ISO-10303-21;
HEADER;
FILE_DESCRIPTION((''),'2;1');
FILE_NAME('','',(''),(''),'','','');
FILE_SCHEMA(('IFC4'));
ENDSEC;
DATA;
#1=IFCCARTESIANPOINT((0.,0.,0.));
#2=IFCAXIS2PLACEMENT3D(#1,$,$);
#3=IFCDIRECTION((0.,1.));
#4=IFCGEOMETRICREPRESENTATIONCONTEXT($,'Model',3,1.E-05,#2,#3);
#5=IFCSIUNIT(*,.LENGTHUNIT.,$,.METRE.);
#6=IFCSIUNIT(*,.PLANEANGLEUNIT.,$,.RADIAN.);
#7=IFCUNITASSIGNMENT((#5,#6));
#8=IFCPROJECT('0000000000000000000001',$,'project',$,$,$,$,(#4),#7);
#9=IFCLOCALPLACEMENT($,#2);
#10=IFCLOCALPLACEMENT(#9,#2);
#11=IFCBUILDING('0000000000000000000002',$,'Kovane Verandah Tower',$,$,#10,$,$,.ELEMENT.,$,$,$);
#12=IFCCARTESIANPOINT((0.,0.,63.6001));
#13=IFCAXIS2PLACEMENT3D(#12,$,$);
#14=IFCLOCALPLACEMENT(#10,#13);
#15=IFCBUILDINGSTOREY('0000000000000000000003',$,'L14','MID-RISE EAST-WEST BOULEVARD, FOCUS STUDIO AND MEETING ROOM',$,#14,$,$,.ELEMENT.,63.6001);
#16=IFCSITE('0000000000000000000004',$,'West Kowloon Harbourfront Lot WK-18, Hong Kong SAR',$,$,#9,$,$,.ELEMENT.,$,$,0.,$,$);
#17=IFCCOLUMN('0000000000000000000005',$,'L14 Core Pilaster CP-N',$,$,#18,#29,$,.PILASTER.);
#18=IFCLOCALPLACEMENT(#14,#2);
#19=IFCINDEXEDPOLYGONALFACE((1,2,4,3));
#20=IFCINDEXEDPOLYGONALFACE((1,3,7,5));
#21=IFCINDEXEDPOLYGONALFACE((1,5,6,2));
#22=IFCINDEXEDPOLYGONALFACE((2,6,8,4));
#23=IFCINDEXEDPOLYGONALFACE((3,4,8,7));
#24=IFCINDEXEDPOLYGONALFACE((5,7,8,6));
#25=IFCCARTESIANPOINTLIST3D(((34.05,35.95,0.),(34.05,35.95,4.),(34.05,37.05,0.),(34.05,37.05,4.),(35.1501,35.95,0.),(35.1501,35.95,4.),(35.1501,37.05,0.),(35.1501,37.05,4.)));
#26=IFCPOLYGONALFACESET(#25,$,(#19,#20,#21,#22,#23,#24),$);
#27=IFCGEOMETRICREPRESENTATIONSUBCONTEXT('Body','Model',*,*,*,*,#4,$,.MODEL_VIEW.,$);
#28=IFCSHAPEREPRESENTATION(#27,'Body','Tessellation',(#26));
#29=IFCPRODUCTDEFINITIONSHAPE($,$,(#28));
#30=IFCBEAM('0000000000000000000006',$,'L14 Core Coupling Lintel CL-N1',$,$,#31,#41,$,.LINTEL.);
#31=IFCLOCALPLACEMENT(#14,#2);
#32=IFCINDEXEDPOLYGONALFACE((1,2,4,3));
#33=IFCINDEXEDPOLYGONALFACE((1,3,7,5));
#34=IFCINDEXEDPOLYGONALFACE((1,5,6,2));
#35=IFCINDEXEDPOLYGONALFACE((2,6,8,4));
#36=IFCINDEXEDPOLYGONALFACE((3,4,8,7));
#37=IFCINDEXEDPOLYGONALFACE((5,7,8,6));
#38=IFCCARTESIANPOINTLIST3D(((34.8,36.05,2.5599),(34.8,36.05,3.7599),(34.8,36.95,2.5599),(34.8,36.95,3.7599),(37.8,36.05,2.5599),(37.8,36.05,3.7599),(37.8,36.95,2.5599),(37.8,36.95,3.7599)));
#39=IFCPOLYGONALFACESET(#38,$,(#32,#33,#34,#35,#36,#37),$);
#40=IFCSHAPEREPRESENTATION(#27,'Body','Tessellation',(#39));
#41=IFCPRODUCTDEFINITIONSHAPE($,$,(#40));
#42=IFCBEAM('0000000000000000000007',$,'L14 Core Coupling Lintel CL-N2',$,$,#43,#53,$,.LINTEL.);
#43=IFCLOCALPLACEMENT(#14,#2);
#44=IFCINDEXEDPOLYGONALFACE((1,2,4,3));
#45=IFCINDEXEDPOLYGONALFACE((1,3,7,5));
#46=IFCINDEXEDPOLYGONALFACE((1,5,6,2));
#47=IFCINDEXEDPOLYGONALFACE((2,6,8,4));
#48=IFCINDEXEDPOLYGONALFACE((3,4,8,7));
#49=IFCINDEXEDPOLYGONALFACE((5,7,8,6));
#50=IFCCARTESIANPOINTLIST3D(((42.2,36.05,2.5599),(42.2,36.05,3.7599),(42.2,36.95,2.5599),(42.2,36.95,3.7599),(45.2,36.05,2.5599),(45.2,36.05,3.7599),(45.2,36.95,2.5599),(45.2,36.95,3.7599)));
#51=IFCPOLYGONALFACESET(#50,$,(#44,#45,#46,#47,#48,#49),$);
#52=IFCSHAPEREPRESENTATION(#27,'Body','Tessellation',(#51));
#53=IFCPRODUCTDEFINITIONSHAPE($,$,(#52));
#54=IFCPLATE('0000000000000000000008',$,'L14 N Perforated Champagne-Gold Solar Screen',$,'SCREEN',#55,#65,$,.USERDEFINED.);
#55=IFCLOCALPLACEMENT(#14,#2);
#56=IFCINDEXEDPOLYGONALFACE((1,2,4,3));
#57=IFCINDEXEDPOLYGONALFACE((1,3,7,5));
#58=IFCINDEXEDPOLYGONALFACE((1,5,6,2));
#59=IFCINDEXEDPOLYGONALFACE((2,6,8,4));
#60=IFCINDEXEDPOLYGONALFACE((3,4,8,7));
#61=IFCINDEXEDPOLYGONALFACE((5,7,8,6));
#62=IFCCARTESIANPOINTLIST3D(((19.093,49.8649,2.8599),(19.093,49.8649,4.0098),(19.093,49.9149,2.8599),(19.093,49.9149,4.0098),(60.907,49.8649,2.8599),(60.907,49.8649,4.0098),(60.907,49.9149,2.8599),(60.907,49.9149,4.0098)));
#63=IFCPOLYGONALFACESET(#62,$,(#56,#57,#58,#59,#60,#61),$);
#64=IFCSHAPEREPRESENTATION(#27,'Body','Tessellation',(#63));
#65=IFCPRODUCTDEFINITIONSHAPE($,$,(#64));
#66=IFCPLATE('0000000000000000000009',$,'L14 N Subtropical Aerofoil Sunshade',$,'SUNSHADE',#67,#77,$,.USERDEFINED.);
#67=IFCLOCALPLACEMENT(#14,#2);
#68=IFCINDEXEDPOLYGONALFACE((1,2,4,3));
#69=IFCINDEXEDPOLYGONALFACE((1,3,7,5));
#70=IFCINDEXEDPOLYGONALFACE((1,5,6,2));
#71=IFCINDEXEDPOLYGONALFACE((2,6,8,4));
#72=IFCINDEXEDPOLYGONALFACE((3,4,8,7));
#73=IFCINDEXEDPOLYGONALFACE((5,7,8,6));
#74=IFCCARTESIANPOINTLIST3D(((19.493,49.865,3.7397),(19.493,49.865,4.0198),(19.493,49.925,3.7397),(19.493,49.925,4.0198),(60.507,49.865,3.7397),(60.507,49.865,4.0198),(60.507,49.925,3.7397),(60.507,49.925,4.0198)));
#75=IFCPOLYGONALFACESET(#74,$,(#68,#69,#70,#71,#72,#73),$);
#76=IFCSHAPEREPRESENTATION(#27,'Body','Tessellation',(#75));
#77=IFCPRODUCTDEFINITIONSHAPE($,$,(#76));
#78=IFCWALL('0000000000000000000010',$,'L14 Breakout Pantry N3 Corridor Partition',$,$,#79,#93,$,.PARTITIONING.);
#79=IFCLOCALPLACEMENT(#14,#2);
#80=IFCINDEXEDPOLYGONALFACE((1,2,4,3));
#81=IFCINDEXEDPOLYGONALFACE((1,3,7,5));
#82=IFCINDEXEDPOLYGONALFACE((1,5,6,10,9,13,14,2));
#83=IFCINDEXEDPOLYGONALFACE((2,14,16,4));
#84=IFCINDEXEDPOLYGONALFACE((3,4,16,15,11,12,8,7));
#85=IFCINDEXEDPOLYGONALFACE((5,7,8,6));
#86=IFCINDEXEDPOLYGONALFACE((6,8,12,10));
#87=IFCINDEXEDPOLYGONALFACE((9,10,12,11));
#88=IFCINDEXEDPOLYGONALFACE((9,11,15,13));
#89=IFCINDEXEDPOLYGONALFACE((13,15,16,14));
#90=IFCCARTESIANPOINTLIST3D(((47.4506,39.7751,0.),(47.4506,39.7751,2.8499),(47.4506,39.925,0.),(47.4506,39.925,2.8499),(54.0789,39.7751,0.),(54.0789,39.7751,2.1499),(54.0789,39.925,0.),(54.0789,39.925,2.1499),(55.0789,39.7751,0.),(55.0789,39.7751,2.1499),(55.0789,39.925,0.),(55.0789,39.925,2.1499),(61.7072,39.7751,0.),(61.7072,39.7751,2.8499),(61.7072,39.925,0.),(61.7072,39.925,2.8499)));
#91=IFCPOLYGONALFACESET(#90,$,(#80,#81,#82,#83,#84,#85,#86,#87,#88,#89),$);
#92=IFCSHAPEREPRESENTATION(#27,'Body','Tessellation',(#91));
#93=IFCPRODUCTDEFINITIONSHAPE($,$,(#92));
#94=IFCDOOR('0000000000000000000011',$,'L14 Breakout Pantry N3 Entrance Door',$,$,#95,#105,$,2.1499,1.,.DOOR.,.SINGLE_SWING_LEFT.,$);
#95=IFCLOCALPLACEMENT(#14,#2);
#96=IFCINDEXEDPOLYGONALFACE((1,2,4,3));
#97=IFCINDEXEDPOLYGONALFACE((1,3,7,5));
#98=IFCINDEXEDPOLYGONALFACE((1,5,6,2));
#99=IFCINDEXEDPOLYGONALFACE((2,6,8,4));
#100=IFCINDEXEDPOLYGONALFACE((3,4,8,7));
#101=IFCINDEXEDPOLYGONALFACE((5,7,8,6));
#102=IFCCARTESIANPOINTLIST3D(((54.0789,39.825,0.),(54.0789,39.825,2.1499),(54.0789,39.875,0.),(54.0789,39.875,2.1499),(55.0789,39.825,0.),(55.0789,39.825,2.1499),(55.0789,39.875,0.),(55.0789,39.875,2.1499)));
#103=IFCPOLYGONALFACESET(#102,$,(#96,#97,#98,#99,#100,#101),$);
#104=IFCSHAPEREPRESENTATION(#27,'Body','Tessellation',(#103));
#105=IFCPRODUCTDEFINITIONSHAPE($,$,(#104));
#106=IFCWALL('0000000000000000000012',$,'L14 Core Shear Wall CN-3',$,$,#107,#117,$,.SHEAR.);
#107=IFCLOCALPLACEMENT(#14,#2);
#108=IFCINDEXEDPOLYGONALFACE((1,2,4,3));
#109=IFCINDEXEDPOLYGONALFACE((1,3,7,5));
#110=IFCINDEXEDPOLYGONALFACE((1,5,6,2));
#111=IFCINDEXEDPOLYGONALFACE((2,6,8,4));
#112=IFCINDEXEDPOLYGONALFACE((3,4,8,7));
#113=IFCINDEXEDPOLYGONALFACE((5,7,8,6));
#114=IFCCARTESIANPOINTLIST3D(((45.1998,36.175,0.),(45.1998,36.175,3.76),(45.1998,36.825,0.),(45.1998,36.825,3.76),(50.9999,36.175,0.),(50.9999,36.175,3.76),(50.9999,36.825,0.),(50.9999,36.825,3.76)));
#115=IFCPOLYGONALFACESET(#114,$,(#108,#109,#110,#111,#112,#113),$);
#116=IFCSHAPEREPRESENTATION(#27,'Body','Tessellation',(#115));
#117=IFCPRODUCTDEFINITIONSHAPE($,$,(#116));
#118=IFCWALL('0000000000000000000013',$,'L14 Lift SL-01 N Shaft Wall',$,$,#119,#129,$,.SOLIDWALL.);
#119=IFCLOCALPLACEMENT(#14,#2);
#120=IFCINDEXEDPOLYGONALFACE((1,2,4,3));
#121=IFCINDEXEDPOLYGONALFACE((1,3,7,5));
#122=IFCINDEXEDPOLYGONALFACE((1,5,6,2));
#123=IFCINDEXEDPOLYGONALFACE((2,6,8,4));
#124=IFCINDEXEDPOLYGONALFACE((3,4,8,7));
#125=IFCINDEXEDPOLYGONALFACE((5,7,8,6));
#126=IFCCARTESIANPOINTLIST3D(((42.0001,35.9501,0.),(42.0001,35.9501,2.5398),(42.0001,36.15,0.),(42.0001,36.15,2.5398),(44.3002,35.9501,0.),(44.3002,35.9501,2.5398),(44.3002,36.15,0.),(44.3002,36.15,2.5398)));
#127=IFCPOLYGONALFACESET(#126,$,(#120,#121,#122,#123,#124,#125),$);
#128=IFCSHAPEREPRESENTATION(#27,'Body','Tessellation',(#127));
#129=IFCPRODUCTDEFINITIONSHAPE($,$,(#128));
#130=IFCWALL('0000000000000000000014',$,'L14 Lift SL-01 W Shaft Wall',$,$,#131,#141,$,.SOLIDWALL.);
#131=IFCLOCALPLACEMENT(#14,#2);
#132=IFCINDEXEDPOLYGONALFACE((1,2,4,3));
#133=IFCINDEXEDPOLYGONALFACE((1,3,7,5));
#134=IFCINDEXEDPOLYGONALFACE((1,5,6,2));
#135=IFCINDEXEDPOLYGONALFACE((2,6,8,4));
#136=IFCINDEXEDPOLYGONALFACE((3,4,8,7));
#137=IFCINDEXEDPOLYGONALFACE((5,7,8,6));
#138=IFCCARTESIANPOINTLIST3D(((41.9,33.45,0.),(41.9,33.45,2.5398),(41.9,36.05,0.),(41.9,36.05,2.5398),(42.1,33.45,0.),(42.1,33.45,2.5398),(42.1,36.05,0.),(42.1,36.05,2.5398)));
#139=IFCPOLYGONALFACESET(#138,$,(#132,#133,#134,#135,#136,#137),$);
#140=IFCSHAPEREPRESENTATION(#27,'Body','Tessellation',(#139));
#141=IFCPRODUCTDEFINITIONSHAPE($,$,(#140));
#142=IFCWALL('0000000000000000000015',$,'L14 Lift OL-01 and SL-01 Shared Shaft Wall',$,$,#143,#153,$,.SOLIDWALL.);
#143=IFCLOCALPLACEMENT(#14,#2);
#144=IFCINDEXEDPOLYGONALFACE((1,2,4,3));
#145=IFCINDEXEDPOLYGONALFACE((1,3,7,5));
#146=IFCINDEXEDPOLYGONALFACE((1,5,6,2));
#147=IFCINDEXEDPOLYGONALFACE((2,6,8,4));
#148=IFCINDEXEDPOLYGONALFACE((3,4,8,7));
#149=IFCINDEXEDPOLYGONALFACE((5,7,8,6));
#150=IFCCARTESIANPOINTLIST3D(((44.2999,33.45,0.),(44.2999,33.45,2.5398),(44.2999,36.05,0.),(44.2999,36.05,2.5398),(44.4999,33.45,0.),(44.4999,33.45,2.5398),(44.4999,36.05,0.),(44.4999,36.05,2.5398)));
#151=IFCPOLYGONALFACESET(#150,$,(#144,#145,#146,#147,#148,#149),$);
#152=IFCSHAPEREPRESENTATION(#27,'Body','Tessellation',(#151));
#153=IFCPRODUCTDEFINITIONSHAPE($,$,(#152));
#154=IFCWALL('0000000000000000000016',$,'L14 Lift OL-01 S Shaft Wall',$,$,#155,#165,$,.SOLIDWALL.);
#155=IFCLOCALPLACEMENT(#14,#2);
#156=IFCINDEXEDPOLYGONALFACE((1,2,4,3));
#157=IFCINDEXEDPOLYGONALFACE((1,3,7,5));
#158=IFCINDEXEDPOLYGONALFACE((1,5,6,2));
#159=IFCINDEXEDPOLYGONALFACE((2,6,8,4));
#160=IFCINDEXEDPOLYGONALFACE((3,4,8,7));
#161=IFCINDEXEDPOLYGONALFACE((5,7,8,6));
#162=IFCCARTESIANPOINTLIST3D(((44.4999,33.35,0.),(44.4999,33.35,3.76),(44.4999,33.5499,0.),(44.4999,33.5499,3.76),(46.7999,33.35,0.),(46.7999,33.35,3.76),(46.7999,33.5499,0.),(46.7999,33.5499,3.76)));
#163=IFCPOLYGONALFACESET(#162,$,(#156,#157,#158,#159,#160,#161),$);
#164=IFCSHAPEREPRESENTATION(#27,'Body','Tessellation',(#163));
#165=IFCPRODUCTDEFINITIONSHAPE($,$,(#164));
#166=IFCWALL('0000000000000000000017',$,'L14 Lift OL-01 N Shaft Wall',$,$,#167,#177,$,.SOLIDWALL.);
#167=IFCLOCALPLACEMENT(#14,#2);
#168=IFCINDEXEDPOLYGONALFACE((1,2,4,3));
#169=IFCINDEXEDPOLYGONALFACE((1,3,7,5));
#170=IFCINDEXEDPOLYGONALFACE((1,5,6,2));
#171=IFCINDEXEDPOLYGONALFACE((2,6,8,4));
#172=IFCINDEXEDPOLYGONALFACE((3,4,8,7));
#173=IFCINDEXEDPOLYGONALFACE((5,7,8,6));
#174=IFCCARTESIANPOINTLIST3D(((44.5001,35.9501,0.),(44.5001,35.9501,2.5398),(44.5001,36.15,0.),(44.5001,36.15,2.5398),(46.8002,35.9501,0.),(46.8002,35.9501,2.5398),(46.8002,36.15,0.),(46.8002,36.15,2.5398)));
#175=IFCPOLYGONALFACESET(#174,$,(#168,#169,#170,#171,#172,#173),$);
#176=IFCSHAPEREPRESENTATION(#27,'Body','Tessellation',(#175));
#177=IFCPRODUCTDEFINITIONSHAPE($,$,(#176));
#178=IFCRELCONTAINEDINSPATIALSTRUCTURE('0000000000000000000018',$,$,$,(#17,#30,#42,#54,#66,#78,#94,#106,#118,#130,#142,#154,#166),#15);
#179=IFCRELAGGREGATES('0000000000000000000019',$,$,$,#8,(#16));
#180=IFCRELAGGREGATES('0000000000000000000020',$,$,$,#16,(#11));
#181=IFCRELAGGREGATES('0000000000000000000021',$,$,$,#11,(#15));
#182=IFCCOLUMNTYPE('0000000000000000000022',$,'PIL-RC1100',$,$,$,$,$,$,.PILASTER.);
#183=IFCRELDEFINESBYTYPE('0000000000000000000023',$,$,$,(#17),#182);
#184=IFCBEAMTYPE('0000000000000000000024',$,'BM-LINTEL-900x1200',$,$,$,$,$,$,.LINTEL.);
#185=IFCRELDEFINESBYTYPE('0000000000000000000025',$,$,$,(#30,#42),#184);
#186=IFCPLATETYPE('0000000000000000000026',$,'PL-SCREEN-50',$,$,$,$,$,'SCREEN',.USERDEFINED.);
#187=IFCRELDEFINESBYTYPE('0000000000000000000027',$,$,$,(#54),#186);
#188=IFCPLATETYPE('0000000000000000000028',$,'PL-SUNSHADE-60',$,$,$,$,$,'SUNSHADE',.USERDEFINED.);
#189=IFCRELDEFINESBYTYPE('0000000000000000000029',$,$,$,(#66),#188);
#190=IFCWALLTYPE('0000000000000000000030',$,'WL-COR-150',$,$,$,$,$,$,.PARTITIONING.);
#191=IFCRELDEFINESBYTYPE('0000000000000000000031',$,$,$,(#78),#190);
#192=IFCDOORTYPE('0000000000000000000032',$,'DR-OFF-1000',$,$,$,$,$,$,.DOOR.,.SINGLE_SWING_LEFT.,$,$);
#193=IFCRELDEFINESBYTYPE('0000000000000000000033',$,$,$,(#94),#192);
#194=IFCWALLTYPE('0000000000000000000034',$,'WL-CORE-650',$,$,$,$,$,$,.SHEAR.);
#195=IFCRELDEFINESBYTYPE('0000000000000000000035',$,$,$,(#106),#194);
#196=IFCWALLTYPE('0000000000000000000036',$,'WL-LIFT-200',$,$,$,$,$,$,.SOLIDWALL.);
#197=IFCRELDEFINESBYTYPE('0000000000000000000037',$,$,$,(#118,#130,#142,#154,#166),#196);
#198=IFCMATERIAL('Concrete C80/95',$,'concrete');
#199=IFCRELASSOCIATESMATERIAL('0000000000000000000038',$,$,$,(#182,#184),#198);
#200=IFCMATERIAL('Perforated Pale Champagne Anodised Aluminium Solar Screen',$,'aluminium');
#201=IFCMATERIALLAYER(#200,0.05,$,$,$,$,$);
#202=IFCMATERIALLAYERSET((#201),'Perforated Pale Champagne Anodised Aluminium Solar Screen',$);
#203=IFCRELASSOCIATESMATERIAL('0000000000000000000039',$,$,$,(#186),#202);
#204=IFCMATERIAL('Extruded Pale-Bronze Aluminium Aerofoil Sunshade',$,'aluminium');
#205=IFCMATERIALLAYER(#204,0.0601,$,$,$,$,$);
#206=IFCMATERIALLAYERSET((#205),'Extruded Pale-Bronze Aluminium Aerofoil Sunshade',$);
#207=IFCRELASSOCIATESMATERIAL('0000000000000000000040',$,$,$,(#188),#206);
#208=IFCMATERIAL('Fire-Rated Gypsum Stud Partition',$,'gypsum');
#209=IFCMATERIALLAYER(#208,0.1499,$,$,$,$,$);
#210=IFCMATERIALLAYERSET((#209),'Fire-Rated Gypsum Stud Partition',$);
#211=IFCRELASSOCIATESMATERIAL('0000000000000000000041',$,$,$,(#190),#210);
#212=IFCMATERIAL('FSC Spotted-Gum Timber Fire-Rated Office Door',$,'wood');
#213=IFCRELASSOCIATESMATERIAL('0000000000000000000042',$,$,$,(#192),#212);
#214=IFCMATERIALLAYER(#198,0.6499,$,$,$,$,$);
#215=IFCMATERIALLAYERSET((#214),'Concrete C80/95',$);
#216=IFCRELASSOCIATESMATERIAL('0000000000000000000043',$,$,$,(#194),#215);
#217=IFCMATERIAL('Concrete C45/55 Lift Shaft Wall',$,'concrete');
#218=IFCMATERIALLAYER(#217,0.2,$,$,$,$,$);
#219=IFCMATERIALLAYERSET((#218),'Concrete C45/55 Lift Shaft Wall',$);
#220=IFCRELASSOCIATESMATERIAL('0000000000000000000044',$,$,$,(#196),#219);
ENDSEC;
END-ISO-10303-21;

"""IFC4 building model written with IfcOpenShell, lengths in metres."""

from ifc_helpers import new_model, si_unit, direction, frame, frame_2d, origin, origin_2d, place, context, subcontext, project, spatial, rectangle, extrude, material, layer, layer_set, material_profile, profile_set, type_object, element, fill, save


model = new_model("IFC4")

# Units and contexts
model_context = context("Model", 3, precision=1e-05, world=origin(), true_north=direction((0.0, 1.0)))
body_context = subcontext(model_context, "Body", "Model", "MODEL_VIEW")
ifc_project = project(units=[si_unit("LENGTHUNIT", "METRE"), si_unit("PLANEANGLEUNIT", "RADIAN")], contexts=[model_context])

# Site, building, storey
site_placement = place(None, origin())
site = spatial("IfcSite", under=ifc_project, at=site_placement, Name="West Kowloon Harbourfront Lot WK-18, Hong Kong SAR", CompositionType="ELEMENT", RefElevation=0.0)
building_placement = place(site_placement, origin())
building = spatial("IfcBuilding", under=site, at=building_placement, Name="Kovane Verandah Tower", CompositionType="ELEMENT")
storey_placement = place(building_placement, frame((0.0, 0.0, 63.6001)))
storey = spatial("IfcBuildingStorey", under=building, at=storey_placement, Name="L14", Description="MID-RISE EAST-WEST BOULEVARD, FOCUS STUDIO AND MEETING ROOM", CompositionType="ELEMENT", Elevation=63.6001)

# Column
ifc_material_1 = material(Name="Concrete C80/95", Category="concrete")
ifc_material_profile_1 = material_profile(ifc_material_1, rectangle(XDim=1.1001, YDim=1.1001, at=origin_2d()), Name="RC1100x1100")
ifc_profile_set_1 = profile_set([ifc_material_profile_1], Name="Concrete C80/95")
column_type = type_object("IfcColumnType", Name="PIL-RC1100", PredefinedType="PILASTER", material=ifc_profile_set_1)
column_placement = place(storey_placement, frame((34.6001, 36.5, 0.0), z_axis=(0.0, 0.0, 1.0), x_axis=(1.0, 0.0, 0.0)))
element("IfcColumn", 1, at=column_placement, inside=storey, type_object=column_type, Name="L14 Core Pilaster CP-N", PredefinedType="PILASTER", context=body_context, shape_type="SweptSolid", body=[
    extrude(rectangle(XDim=1.1001, YDim=1.1001, at=origin_2d()), origin(), (0.0, 0.0, 1.0), 4.0),
])

# Beams
ifc_material_profile_2 = material_profile(ifc_material_1, rectangle(XDim=0.8999, YDim=1.2, at=origin_2d()), Name="RCB900x1200")
ifc_profile_set_2 = profile_set([ifc_material_profile_2], Name="Concrete C80/95")
beam_type = type_object("IfcBeamType", Name="BM-LINTEL-900x1200", PredefinedType="LINTEL", material=ifc_profile_set_2)
for number, where, z_axis, x_axis, name in (
    (2, (34.8, 36.5, 3.1599), (1.0, 0.0, 0.0), (0.0, 1.0, 0.0), "L14 Core Coupling Lintel CL-N1"),
    (3, (42.2, 36.5, 3.1599), (1.0, 0.0, 0.0), (0.0, 1.0, 0.0), "L14 Core Coupling Lintel CL-N2"),
):
    element("IfcBeam", number, at=place(storey_placement, frame(where, z_axis=z_axis, x_axis=x_axis)), inside=storey, type_object=beam_type, Name=name, PredefinedType="LINTEL", context=body_context, shape_type="SweptSolid", body=[
        extrude(rectangle(XDim=0.8999, YDim=1.2, at=origin_2d()), origin(), (0.0, 0.0, 1.0), 3.0),
    ])

# Plates
ifc_material_2 = material(Name="Perforated Pale Champagne Anodised Aluminium Solar Screen", Category="aluminium")
ifc_layer_1 = layer(ifc_material_2, 0.05)
ifc_layer_set_1 = layer_set([ifc_layer_1], Name="Perforated Pale Champagne Anodised Aluminium Solar Screen")
plate_type_1 = type_object("IfcPlateType", Name="PL-SCREEN-50", ElementType="SCREEN", PredefinedType="USERDEFINED", material=ifc_layer_set_1)
plate_1_placement = place(storey_placement, frame((40.0, 49.8899, 2.8599), z_axis=(0.0, 0.0, 1.0), x_axis=(-1.0, 0.0, 0.0)))
element("IfcPlate", 4, at=plate_1_placement, inside=storey, type_object=plate_type_1, Name="L14 N Perforated Champagne-Gold Solar Screen", ObjectType="SCREEN", PredefinedType="USERDEFINED", context=body_context, shape_type="SweptSolid", body=[
    extrude(rectangle(XDim=41.814, YDim=0.05, at=origin_2d()), origin(), (0.0, 0.0, 1.0), 1.1499),
])
ifc_material_3 = material(Name="Extruded Pale-Bronze Aluminium Aerofoil Sunshade", Category="aluminium")
ifc_layer_2 = layer(ifc_material_3, 0.0601)
ifc_layer_set_2 = layer_set([ifc_layer_2], Name="Extruded Pale-Bronze Aluminium Aerofoil Sunshade")
plate_type_2 = type_object("IfcPlateType", Name="PL-SUNSHADE-60", ElementType="SUNSHADE", PredefinedType="USERDEFINED", material=ifc_layer_set_2)
plate_2_placement = place(storey_placement, frame((40.0, 49.895, 3.7397), z_axis=(0.0, 0.0, 1.0), x_axis=(-1.0, 0.0, 0.0)))
element("IfcPlate", 5, at=plate_2_placement, inside=storey, type_object=plate_type_2, Name="L14 N Subtropical Aerofoil Sunshade", ObjectType="SUNSHADE", PredefinedType="USERDEFINED", context=body_context, shape_type="SweptSolid", body=[
    extrude(rectangle(XDim=41.0139, YDim=0.0601, at=origin_2d()), origin(), (0.0, 0.0, 1.0), 0.28),
])

# Wall, opening, door
ifc_material_4 = material(Name="Fire-Rated Gypsum Stud Partition", Category="gypsum")
ifc_layer_3 = layer(ifc_material_4, 0.1499)
ifc_layer_set_3 = layer_set([ifc_layer_3], Name="Fire-Rated Gypsum Stud Partition")
wall_type_1 = type_object("IfcWallType", Name="WL-COR-150", PredefinedType="PARTITIONING", material=ifc_layer_set_3)
wall_1_placement = place(storey_placement, frame((47.4504, 39.8501, 0.0), z_axis=(0.0, 0.0, 1.0), x_axis=(1.0, 0.0, 0.0)))
wall_1 = element("IfcWall", 6, at=wall_1_placement, inside=storey, type_object=wall_type_1, Name="L14 Breakout Pantry N3 Corridor Partition", PredefinedType="PARTITIONING", context=body_context, shape_type="SweptSolid", body=[
    extrude(rectangle(XDim=14.2566, YDim=0.1499, at=frame_2d((7.1284, 0.0))), origin(), (0.0, 0.0, 1.0), 2.8499),
])
opening_1_placement = place(wall_1_placement, frame((6.6284, 0.0, 0.0)))
opening_1 = element("IfcOpeningElement", 7, at=opening_1_placement, cuts=wall_1, PredefinedType="OPENING", context=body_context, shape_type="SweptSolid", body=[
    extrude(rectangle(XDim=1.0, YDim=2.1499, at=frame_2d((0.5, 1.075))), frame((0.0, 0.075, 0.0), z_axis=(0.0, -1.0, 0.0), x_axis=(1.0, 0.0, 0.0)), (0.0, 0.0, 1.0), 0.1499),
])
ifc_material_5 = material(Name="FSC Spotted-Gum Timber Fire-Rated Office Door", Category="wood")
door_type_1 = type_object("IfcDoorType", Name="DR-OFF-1000", OperationType="SINGLE_SWING_LEFT", PredefinedType="DOOR", material=ifc_material_5)
door_1_placement = place(opening_1_placement, origin())
door_1 = element("IfcDoor", 8, at=door_1_placement, inside=storey, type_object=door_type_1, Name="L14 Breakout Pantry N3 Entrance Door", OperationType="SINGLE_SWING_LEFT", OverallHeight=2.1499, OverallWidth=1.0, PredefinedType="DOOR", context=body_context, shape_type="SweptSolid", body=[
    extrude(rectangle(XDim=1.0, YDim=2.1499, at=frame_2d((0.5, 1.075))), frame((0.0, 0.0249, 0.0), z_axis=(0.0, -1.0, 0.0), x_axis=(1.0, 0.0, 0.0)), (0.0, 0.0, 1.0), 0.05),
])
fill(opening_1, door_1)
ifc_layer_4 = layer(ifc_material_1, 0.6499)
ifc_layer_set_4 = layer_set([ifc_layer_4], Name="Concrete C80/95")
wall_type_2 = type_object("IfcWallType", Name="WL-CORE-650", PredefinedType="SHEAR", material=ifc_layer_set_4)

# Walls
wall_2_placement = place(storey_placement, frame((45.2, 36.5, 0.0), z_axis=(0.0, 0.0, 1.0), x_axis=(1.0, 0.0, 0.0)))
element("IfcWall", 9, at=wall_2_placement, inside=storey, type_object=wall_type_2, Name="L14 Core Shear Wall CN-3", PredefinedType="SHEAR", context=body_context, shape_type="SweptSolid", body=[
    extrude(rectangle(XDim=5.8, YDim=0.6499, at=frame_2d((2.8999, 0.0))), origin(), (0.0, 0.0, 1.0), 3.76),
])
ifc_material_6 = material(Name="Concrete C45/55 Lift Shaft Wall", Category="concrete")
ifc_layer_5 = layer(ifc_material_6, 0.2)
ifc_layer_set_5 = layer_set([ifc_layer_5], Name="Concrete C45/55 Lift Shaft Wall")
wall_type_3 = type_object("IfcWallType", Name="WL-LIFT-200", PredefinedType="SOLIDWALL", material=ifc_layer_set_5)
wall_3_placement = place(storey_placement, frame((44.3, 36.05, 0.0), z_axis=(0.0, 0.0, 1.0), x_axis=(-1.0, 0.0, 0.0)))
element("IfcWall", 10, at=wall_3_placement, inside=storey, type_object=wall_type_3, Name="L14 Lift SL-01 N Shaft Wall", PredefinedType="SOLIDWALL", context=body_context, shape_type="SweptSolid", body=[
    extrude(rectangle(XDim=2.3, YDim=0.2, at=frame_2d((1.1499, 0.0))), origin(), (0.0, 0.0, 1.0), 2.5398),
])
for number, where, z_axis, x_axis, name in (
    (11, (42.0, 36.05, 0.0), (0.0, 0.0, 1.0), (0.0, -1.0, 0.0), "L14 Lift SL-01 W Shaft Wall"),
    (12, (44.3999, 33.45, 0.0), (0.0, 0.0, 1.0), (0.0, 1.0, 0.0), "L14 Lift OL-01 and SL-01 Shared Shaft Wall"),
):
    element("IfcWall", number, at=place(storey_placement, frame(where, z_axis=z_axis, x_axis=x_axis)), inside=storey, type_object=wall_type_3, Name=name, PredefinedType="SOLIDWALL", context=body_context, shape_type="SweptSolid", body=[
        extrude(rectangle(XDim=2.6001, YDim=0.2, at=frame_2d((1.3, 0.0))), origin(), (0.0, 0.0, 1.0), 2.5398),
    ])
wall_4_placement = place(storey_placement, frame((44.5, 33.45, 0.0), z_axis=(0.0, 0.0, 1.0), x_axis=(1.0, 0.0, 0.0)))
element("IfcWall", 13, at=wall_4_placement, inside=storey, type_object=wall_type_3, Name="L14 Lift OL-01 S Shaft Wall", PredefinedType="SOLIDWALL", context=body_context, shape_type="SweptSolid", body=[
    extrude(rectangle(XDim=2.3, YDim=0.2, at=frame_2d((1.1499, 0.0))), origin(), (0.0, 0.0, 1.0), 3.76),
])
wall_5_placement = place(storey_placement, frame((46.8, 36.05, 0.0), z_axis=(0.0, 0.0, 1.0), x_axis=(-1.0, 0.0, 0.0)))
element("IfcWall", 14, at=wall_5_placement, inside=storey, type_object=wall_type_3, Name="L14 Lift OL-01 N Shaft Wall", PredefinedType="SOLIDWALL", context=body_context, shape_type="SweptSolid", body=[
    extrude(rectangle(XDim=2.3, YDim=0.2, at=frame_2d((1.1499, 0.0))), origin(), (0.0, 0.0, 1.0), 2.5398),
])

save(model, "model.ifc")
